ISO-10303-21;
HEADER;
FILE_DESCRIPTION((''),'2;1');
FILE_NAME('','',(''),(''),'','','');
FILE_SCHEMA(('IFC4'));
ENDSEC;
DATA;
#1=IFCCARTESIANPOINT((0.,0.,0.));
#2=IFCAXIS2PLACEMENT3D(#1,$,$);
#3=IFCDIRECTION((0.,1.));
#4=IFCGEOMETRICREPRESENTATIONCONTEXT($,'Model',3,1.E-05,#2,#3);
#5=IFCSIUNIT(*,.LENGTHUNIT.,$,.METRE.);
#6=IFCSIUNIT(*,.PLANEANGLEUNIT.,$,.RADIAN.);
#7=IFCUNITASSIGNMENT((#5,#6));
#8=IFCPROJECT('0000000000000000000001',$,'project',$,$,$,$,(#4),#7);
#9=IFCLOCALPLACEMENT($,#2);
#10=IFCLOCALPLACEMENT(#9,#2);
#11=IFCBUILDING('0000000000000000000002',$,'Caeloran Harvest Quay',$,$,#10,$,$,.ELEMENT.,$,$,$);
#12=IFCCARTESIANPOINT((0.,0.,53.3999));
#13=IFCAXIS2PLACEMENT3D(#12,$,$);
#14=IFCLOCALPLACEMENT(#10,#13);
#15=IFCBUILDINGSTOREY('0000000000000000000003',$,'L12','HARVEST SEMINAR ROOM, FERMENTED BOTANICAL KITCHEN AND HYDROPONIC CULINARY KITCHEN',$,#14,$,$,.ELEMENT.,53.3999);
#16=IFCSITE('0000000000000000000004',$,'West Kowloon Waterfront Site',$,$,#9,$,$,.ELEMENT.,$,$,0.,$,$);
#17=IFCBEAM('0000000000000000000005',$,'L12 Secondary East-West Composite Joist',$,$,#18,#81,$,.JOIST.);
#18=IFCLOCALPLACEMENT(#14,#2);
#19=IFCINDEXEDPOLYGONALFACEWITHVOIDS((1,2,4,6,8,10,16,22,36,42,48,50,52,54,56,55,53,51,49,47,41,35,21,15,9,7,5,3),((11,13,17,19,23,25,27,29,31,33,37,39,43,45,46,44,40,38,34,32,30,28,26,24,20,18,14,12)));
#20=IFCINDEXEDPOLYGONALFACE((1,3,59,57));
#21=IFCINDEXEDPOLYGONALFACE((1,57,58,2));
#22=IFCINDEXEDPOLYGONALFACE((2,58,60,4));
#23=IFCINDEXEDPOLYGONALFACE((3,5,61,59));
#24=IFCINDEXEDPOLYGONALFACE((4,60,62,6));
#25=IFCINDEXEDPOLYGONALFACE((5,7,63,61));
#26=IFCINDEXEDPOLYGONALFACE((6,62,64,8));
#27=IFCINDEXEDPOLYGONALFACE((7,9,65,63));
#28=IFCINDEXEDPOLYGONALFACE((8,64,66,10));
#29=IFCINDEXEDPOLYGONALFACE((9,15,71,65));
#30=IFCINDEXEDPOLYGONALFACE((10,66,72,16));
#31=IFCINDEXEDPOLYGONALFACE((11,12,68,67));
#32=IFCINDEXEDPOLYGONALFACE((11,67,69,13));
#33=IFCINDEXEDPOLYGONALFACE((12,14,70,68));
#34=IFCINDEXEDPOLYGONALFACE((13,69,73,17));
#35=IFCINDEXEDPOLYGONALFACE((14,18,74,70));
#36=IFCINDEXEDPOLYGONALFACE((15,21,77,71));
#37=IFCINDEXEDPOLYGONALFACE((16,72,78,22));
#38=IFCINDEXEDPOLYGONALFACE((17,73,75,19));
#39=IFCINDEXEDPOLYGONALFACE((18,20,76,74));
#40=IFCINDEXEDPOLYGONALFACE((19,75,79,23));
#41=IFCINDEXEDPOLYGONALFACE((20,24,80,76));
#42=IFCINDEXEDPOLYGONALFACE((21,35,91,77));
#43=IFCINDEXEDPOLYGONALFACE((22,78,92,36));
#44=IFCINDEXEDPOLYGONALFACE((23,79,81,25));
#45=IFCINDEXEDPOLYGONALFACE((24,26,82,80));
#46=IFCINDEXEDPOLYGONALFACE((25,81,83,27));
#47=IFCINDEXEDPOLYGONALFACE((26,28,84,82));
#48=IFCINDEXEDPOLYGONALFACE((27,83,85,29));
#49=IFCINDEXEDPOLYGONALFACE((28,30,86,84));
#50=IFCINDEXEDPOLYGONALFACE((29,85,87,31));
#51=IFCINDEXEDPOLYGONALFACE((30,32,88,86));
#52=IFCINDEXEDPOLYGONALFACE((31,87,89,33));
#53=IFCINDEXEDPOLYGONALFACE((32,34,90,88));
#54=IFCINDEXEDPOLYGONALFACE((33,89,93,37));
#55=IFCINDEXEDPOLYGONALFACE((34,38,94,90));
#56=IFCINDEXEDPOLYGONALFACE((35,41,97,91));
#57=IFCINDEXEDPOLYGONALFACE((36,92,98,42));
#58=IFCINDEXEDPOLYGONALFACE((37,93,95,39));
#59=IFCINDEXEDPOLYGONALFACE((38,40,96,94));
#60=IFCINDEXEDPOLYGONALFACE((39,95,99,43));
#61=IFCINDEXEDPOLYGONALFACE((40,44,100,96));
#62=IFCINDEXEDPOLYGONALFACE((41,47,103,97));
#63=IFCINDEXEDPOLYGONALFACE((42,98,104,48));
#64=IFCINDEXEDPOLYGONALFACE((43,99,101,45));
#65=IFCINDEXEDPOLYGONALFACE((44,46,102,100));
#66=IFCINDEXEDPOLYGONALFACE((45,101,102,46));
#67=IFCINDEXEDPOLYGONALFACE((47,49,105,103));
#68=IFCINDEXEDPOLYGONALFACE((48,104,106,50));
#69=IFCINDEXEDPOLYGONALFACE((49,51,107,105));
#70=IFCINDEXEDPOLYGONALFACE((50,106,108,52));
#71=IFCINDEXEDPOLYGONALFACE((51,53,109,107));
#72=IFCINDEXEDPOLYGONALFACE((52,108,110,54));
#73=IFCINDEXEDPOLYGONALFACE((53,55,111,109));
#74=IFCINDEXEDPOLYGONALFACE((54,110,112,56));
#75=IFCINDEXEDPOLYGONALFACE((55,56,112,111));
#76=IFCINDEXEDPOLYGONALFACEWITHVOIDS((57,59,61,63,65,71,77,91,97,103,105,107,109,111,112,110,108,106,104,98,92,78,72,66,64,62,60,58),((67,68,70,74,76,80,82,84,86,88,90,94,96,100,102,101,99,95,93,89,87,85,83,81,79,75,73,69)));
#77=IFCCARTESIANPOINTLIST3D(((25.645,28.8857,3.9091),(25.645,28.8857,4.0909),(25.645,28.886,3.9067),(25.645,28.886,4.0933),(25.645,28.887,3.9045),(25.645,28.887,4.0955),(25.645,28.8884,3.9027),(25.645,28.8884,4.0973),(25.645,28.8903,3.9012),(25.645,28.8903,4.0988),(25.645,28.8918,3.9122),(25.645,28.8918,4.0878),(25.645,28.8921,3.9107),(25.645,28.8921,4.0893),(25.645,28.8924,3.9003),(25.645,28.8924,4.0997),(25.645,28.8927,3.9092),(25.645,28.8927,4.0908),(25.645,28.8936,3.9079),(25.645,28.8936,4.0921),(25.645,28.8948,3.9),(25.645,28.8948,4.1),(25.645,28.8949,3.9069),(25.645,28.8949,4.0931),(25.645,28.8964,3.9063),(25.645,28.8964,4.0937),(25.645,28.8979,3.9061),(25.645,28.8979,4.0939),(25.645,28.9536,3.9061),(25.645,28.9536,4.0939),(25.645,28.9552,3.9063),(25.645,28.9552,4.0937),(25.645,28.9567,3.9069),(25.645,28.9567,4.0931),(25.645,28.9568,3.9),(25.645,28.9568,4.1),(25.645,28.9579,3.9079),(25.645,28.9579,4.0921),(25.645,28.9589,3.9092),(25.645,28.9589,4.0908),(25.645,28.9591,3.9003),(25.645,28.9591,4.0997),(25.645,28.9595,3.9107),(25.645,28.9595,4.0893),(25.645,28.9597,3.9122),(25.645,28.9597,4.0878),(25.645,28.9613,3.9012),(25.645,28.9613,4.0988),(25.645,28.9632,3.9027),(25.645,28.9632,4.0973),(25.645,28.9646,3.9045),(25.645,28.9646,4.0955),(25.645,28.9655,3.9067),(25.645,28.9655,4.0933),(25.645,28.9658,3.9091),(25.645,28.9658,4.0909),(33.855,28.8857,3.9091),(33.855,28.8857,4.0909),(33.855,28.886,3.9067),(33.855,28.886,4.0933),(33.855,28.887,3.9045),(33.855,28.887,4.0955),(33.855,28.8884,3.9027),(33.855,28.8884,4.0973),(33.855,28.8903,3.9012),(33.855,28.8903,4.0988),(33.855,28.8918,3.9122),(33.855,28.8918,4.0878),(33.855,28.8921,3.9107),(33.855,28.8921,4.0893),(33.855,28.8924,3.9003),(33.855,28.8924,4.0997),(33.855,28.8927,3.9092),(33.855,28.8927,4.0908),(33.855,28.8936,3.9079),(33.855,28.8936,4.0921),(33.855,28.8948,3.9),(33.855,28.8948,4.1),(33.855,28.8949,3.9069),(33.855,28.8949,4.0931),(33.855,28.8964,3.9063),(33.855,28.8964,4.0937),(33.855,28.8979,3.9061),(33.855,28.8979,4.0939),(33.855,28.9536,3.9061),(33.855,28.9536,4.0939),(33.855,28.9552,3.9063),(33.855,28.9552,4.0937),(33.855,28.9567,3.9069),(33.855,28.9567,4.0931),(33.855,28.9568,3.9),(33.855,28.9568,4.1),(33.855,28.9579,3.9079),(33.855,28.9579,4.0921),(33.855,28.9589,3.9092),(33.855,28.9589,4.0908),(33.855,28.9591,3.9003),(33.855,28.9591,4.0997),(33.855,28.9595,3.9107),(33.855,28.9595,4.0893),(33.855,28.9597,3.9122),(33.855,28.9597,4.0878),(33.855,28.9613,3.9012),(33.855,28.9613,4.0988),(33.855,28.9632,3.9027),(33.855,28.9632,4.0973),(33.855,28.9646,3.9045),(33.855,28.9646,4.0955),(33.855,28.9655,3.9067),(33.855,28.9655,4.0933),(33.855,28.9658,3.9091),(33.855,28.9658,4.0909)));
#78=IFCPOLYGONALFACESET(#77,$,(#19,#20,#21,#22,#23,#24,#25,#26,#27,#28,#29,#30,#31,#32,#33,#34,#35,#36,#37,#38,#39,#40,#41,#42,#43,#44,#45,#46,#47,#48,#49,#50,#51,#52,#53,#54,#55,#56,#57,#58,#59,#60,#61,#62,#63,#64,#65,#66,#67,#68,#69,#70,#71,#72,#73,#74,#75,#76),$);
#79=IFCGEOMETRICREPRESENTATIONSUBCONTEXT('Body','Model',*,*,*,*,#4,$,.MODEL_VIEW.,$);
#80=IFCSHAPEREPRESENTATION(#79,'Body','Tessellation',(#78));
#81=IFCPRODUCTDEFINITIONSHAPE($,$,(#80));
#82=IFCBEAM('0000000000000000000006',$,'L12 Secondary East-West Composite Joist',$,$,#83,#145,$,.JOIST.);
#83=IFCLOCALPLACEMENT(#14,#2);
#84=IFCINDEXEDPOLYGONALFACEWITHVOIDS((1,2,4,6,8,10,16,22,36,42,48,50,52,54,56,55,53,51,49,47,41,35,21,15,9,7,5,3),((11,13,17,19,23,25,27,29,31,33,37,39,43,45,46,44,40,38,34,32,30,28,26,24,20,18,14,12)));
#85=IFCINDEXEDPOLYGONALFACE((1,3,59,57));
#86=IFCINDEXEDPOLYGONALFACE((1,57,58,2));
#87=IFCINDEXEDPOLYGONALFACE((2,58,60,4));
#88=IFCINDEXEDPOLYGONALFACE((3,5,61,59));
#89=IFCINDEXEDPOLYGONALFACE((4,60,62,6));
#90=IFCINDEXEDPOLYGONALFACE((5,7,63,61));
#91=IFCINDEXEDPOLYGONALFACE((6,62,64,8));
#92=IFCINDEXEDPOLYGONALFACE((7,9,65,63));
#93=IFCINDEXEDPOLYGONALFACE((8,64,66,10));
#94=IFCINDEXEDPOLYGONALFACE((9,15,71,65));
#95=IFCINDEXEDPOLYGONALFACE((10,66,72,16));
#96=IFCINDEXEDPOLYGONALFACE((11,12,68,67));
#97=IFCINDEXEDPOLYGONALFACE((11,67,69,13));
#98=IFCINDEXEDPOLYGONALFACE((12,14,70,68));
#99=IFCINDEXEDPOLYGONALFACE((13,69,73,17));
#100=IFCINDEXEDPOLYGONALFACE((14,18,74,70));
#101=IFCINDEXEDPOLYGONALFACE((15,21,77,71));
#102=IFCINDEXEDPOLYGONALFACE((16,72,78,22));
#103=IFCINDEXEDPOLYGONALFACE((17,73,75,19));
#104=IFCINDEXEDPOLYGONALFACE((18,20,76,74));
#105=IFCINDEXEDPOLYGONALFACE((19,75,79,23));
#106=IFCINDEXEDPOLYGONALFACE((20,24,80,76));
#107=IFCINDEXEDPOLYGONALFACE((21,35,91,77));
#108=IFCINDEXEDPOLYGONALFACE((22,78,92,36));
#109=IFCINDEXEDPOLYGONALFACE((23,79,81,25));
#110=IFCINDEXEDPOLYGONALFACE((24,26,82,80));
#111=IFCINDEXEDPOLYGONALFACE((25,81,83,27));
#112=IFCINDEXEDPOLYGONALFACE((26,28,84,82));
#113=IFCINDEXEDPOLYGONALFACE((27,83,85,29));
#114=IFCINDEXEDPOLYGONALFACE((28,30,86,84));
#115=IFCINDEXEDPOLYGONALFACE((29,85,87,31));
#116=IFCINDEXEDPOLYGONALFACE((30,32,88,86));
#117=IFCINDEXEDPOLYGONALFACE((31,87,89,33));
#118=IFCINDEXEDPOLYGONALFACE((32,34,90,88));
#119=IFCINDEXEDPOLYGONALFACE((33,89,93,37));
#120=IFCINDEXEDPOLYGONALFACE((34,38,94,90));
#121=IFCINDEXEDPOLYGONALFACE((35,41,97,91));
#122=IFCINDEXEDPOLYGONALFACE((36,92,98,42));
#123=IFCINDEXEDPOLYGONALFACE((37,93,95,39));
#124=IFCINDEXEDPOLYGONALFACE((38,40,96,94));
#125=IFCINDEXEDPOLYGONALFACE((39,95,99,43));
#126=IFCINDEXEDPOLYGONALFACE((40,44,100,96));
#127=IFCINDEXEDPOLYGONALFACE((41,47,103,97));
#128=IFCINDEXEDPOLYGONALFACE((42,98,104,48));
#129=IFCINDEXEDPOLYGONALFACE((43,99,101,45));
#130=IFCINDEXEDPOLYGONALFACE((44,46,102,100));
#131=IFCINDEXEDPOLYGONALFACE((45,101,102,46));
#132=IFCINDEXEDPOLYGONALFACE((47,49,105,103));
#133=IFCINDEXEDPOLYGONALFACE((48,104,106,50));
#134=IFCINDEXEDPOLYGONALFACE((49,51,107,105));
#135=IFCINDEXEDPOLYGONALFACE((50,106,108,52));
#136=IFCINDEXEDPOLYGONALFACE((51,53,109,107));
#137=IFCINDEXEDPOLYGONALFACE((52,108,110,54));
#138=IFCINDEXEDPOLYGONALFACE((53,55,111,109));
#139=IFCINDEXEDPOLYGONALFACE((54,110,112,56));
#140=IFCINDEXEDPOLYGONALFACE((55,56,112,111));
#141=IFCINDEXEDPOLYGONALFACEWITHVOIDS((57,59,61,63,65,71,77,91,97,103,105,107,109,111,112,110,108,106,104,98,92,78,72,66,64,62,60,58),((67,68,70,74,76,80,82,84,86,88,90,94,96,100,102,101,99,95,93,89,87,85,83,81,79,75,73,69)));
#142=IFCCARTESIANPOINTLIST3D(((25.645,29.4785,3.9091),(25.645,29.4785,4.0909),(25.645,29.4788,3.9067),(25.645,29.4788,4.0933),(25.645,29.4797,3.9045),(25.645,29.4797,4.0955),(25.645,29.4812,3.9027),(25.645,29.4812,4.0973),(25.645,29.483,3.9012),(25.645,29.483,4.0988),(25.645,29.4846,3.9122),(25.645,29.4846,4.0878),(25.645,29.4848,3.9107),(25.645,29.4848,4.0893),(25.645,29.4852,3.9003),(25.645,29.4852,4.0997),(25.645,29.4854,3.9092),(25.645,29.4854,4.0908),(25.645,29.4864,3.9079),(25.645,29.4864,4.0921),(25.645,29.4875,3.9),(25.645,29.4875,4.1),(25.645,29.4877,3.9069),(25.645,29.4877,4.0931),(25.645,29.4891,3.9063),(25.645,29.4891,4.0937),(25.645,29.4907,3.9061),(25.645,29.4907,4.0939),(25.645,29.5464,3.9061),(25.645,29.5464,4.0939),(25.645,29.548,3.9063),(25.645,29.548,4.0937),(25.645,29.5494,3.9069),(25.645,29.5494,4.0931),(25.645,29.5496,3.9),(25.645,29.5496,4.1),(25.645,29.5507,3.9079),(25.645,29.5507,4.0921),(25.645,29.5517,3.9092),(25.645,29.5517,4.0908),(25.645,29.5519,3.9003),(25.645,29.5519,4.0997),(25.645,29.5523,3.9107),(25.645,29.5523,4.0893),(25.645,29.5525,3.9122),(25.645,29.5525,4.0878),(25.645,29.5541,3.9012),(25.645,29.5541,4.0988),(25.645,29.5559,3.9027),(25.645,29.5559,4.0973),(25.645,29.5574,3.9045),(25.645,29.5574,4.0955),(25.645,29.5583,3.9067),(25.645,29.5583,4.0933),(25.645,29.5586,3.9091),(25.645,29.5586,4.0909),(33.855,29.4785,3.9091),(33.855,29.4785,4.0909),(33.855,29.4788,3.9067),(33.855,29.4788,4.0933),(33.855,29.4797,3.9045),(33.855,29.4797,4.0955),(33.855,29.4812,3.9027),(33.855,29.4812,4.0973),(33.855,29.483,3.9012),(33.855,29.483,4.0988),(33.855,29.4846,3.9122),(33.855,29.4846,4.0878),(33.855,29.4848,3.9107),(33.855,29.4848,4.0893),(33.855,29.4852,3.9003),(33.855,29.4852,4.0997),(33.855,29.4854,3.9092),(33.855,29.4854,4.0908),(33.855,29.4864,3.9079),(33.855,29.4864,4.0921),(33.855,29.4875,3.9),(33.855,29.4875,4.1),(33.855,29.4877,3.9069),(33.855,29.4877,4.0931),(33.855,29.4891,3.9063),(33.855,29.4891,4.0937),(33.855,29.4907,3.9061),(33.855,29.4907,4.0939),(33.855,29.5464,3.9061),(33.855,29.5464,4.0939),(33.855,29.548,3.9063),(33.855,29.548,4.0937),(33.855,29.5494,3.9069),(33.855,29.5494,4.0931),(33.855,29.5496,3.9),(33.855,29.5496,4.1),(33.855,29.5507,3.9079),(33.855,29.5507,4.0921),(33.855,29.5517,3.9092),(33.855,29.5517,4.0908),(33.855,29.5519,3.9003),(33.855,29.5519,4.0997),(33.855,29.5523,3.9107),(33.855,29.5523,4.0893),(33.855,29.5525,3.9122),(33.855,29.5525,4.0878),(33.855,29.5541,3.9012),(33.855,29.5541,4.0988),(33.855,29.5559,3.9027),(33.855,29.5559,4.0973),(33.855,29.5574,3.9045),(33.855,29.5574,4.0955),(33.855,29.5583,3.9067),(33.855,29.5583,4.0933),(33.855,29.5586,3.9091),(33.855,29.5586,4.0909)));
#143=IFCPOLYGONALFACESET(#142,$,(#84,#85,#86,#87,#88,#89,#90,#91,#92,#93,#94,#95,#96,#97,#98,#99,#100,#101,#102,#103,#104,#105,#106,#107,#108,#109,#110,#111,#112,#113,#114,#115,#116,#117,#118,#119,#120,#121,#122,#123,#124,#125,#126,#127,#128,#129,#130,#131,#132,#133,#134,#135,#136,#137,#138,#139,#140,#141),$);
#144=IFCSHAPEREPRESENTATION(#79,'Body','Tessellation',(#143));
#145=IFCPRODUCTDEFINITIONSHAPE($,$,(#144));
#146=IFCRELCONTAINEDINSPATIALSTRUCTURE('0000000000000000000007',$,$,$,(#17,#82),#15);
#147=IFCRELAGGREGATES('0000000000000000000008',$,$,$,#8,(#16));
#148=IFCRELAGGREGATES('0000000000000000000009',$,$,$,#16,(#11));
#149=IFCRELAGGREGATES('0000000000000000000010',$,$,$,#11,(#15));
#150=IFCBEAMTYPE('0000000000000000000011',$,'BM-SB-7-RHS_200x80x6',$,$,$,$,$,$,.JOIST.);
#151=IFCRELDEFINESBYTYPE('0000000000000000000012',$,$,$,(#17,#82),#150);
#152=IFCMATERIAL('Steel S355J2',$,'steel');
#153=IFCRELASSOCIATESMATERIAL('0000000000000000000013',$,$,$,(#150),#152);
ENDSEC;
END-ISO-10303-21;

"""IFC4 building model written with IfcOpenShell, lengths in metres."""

from ifc_helpers import new_model, si_unit, direction, frame, origin, origin_2d, place, context, subcontext, project, spatial, hollow_rectangle, extrude, material, material_profile, profile_set, type_object, element, save


model = new_model("IFC4")

# Units and contexts
model_context = context("Model", 3, precision=1e-05, world=origin(), true_north=direction((0.0, 1.0)))
body_context = subcontext(model_context, "Body", "Model", "MODEL_VIEW")
ifc_project = project(units=[si_unit("LENGTHUNIT", "METRE"), si_unit("PLANEANGLEUNIT", "RADIAN")], contexts=[model_context])

# Site, building, storey
site_placement = place(None, origin())
site = spatial("IfcSite", under=ifc_project, at=site_placement, Name="West Kowloon Waterfront Site", CompositionType="ELEMENT", RefElevation=0.0)
building_placement = place(site_placement, origin())
building = spatial("IfcBuilding", under=site, at=building_placement, Name="Caeloran Harvest Quay", CompositionType="ELEMENT")
storey_placement = place(building_placement, frame((0.0, 0.0, 53.3999)))
storey = spatial("IfcBuildingStorey", under=building, at=storey_placement, Name="L12", Description="HARVEST SEMINAR ROOM, FERMENTED BOTANICAL KITCHEN AND HYDROPONIC CULINARY KITCHEN", CompositionType="ELEMENT", Elevation=53.3999)

# Beams
ifc_material_1 = material(Name="Steel S355J2", Category="steel")
ifc_material_profile_1 = material_profile(ifc_material_1, hollow_rectangle(XDim=0.0801, YDim=0.2, WallThickness=0.0061, InnerFilletRadius=0.0061, OuterFilletRadius=0.009, at=origin_2d()), Name="RHS 200x80x6")
ifc_profile_set_1 = profile_set([ifc_material_profile_1], Name="Steel S355J2")
beam_type_1 = type_object("IfcBeamType", Name="BM-SB-7-RHS_200x80x6", PredefinedType="JOIST", material=ifc_profile_set_1)
for number, where, z_axis, x_axis, name in (
    (1, (25.645, 28.9258, 4.0), (1.0, 0.0, 0.0), (0.0, 1.0, 0.0), "L12 Secondary East-West Composite Joist"),
    (2, (25.645, 29.5186, 4.0), (1.0, 0.0, 0.0), (0.0, 1.0, 0.0), "L12 Secondary East-West Composite Joist"),
):
    element("IfcBeam", number, at=place(storey_placement, frame(where, z_axis=z_axis, x_axis=x_axis)), inside=storey, type_object=beam_type_1, Name=name, PredefinedType="JOIST", context=body_context, shape_type="SweptSolid", body=[
        extrude(hollow_rectangle(XDim=0.0801, YDim=0.2, WallThickness=0.0061, InnerFilletRadius=0.0061, OuterFilletRadius=0.009, at=origin_2d()), origin(), (0.0, 0.0, 1.0), 8.21),
    ])

save(model, "model.ifc")
